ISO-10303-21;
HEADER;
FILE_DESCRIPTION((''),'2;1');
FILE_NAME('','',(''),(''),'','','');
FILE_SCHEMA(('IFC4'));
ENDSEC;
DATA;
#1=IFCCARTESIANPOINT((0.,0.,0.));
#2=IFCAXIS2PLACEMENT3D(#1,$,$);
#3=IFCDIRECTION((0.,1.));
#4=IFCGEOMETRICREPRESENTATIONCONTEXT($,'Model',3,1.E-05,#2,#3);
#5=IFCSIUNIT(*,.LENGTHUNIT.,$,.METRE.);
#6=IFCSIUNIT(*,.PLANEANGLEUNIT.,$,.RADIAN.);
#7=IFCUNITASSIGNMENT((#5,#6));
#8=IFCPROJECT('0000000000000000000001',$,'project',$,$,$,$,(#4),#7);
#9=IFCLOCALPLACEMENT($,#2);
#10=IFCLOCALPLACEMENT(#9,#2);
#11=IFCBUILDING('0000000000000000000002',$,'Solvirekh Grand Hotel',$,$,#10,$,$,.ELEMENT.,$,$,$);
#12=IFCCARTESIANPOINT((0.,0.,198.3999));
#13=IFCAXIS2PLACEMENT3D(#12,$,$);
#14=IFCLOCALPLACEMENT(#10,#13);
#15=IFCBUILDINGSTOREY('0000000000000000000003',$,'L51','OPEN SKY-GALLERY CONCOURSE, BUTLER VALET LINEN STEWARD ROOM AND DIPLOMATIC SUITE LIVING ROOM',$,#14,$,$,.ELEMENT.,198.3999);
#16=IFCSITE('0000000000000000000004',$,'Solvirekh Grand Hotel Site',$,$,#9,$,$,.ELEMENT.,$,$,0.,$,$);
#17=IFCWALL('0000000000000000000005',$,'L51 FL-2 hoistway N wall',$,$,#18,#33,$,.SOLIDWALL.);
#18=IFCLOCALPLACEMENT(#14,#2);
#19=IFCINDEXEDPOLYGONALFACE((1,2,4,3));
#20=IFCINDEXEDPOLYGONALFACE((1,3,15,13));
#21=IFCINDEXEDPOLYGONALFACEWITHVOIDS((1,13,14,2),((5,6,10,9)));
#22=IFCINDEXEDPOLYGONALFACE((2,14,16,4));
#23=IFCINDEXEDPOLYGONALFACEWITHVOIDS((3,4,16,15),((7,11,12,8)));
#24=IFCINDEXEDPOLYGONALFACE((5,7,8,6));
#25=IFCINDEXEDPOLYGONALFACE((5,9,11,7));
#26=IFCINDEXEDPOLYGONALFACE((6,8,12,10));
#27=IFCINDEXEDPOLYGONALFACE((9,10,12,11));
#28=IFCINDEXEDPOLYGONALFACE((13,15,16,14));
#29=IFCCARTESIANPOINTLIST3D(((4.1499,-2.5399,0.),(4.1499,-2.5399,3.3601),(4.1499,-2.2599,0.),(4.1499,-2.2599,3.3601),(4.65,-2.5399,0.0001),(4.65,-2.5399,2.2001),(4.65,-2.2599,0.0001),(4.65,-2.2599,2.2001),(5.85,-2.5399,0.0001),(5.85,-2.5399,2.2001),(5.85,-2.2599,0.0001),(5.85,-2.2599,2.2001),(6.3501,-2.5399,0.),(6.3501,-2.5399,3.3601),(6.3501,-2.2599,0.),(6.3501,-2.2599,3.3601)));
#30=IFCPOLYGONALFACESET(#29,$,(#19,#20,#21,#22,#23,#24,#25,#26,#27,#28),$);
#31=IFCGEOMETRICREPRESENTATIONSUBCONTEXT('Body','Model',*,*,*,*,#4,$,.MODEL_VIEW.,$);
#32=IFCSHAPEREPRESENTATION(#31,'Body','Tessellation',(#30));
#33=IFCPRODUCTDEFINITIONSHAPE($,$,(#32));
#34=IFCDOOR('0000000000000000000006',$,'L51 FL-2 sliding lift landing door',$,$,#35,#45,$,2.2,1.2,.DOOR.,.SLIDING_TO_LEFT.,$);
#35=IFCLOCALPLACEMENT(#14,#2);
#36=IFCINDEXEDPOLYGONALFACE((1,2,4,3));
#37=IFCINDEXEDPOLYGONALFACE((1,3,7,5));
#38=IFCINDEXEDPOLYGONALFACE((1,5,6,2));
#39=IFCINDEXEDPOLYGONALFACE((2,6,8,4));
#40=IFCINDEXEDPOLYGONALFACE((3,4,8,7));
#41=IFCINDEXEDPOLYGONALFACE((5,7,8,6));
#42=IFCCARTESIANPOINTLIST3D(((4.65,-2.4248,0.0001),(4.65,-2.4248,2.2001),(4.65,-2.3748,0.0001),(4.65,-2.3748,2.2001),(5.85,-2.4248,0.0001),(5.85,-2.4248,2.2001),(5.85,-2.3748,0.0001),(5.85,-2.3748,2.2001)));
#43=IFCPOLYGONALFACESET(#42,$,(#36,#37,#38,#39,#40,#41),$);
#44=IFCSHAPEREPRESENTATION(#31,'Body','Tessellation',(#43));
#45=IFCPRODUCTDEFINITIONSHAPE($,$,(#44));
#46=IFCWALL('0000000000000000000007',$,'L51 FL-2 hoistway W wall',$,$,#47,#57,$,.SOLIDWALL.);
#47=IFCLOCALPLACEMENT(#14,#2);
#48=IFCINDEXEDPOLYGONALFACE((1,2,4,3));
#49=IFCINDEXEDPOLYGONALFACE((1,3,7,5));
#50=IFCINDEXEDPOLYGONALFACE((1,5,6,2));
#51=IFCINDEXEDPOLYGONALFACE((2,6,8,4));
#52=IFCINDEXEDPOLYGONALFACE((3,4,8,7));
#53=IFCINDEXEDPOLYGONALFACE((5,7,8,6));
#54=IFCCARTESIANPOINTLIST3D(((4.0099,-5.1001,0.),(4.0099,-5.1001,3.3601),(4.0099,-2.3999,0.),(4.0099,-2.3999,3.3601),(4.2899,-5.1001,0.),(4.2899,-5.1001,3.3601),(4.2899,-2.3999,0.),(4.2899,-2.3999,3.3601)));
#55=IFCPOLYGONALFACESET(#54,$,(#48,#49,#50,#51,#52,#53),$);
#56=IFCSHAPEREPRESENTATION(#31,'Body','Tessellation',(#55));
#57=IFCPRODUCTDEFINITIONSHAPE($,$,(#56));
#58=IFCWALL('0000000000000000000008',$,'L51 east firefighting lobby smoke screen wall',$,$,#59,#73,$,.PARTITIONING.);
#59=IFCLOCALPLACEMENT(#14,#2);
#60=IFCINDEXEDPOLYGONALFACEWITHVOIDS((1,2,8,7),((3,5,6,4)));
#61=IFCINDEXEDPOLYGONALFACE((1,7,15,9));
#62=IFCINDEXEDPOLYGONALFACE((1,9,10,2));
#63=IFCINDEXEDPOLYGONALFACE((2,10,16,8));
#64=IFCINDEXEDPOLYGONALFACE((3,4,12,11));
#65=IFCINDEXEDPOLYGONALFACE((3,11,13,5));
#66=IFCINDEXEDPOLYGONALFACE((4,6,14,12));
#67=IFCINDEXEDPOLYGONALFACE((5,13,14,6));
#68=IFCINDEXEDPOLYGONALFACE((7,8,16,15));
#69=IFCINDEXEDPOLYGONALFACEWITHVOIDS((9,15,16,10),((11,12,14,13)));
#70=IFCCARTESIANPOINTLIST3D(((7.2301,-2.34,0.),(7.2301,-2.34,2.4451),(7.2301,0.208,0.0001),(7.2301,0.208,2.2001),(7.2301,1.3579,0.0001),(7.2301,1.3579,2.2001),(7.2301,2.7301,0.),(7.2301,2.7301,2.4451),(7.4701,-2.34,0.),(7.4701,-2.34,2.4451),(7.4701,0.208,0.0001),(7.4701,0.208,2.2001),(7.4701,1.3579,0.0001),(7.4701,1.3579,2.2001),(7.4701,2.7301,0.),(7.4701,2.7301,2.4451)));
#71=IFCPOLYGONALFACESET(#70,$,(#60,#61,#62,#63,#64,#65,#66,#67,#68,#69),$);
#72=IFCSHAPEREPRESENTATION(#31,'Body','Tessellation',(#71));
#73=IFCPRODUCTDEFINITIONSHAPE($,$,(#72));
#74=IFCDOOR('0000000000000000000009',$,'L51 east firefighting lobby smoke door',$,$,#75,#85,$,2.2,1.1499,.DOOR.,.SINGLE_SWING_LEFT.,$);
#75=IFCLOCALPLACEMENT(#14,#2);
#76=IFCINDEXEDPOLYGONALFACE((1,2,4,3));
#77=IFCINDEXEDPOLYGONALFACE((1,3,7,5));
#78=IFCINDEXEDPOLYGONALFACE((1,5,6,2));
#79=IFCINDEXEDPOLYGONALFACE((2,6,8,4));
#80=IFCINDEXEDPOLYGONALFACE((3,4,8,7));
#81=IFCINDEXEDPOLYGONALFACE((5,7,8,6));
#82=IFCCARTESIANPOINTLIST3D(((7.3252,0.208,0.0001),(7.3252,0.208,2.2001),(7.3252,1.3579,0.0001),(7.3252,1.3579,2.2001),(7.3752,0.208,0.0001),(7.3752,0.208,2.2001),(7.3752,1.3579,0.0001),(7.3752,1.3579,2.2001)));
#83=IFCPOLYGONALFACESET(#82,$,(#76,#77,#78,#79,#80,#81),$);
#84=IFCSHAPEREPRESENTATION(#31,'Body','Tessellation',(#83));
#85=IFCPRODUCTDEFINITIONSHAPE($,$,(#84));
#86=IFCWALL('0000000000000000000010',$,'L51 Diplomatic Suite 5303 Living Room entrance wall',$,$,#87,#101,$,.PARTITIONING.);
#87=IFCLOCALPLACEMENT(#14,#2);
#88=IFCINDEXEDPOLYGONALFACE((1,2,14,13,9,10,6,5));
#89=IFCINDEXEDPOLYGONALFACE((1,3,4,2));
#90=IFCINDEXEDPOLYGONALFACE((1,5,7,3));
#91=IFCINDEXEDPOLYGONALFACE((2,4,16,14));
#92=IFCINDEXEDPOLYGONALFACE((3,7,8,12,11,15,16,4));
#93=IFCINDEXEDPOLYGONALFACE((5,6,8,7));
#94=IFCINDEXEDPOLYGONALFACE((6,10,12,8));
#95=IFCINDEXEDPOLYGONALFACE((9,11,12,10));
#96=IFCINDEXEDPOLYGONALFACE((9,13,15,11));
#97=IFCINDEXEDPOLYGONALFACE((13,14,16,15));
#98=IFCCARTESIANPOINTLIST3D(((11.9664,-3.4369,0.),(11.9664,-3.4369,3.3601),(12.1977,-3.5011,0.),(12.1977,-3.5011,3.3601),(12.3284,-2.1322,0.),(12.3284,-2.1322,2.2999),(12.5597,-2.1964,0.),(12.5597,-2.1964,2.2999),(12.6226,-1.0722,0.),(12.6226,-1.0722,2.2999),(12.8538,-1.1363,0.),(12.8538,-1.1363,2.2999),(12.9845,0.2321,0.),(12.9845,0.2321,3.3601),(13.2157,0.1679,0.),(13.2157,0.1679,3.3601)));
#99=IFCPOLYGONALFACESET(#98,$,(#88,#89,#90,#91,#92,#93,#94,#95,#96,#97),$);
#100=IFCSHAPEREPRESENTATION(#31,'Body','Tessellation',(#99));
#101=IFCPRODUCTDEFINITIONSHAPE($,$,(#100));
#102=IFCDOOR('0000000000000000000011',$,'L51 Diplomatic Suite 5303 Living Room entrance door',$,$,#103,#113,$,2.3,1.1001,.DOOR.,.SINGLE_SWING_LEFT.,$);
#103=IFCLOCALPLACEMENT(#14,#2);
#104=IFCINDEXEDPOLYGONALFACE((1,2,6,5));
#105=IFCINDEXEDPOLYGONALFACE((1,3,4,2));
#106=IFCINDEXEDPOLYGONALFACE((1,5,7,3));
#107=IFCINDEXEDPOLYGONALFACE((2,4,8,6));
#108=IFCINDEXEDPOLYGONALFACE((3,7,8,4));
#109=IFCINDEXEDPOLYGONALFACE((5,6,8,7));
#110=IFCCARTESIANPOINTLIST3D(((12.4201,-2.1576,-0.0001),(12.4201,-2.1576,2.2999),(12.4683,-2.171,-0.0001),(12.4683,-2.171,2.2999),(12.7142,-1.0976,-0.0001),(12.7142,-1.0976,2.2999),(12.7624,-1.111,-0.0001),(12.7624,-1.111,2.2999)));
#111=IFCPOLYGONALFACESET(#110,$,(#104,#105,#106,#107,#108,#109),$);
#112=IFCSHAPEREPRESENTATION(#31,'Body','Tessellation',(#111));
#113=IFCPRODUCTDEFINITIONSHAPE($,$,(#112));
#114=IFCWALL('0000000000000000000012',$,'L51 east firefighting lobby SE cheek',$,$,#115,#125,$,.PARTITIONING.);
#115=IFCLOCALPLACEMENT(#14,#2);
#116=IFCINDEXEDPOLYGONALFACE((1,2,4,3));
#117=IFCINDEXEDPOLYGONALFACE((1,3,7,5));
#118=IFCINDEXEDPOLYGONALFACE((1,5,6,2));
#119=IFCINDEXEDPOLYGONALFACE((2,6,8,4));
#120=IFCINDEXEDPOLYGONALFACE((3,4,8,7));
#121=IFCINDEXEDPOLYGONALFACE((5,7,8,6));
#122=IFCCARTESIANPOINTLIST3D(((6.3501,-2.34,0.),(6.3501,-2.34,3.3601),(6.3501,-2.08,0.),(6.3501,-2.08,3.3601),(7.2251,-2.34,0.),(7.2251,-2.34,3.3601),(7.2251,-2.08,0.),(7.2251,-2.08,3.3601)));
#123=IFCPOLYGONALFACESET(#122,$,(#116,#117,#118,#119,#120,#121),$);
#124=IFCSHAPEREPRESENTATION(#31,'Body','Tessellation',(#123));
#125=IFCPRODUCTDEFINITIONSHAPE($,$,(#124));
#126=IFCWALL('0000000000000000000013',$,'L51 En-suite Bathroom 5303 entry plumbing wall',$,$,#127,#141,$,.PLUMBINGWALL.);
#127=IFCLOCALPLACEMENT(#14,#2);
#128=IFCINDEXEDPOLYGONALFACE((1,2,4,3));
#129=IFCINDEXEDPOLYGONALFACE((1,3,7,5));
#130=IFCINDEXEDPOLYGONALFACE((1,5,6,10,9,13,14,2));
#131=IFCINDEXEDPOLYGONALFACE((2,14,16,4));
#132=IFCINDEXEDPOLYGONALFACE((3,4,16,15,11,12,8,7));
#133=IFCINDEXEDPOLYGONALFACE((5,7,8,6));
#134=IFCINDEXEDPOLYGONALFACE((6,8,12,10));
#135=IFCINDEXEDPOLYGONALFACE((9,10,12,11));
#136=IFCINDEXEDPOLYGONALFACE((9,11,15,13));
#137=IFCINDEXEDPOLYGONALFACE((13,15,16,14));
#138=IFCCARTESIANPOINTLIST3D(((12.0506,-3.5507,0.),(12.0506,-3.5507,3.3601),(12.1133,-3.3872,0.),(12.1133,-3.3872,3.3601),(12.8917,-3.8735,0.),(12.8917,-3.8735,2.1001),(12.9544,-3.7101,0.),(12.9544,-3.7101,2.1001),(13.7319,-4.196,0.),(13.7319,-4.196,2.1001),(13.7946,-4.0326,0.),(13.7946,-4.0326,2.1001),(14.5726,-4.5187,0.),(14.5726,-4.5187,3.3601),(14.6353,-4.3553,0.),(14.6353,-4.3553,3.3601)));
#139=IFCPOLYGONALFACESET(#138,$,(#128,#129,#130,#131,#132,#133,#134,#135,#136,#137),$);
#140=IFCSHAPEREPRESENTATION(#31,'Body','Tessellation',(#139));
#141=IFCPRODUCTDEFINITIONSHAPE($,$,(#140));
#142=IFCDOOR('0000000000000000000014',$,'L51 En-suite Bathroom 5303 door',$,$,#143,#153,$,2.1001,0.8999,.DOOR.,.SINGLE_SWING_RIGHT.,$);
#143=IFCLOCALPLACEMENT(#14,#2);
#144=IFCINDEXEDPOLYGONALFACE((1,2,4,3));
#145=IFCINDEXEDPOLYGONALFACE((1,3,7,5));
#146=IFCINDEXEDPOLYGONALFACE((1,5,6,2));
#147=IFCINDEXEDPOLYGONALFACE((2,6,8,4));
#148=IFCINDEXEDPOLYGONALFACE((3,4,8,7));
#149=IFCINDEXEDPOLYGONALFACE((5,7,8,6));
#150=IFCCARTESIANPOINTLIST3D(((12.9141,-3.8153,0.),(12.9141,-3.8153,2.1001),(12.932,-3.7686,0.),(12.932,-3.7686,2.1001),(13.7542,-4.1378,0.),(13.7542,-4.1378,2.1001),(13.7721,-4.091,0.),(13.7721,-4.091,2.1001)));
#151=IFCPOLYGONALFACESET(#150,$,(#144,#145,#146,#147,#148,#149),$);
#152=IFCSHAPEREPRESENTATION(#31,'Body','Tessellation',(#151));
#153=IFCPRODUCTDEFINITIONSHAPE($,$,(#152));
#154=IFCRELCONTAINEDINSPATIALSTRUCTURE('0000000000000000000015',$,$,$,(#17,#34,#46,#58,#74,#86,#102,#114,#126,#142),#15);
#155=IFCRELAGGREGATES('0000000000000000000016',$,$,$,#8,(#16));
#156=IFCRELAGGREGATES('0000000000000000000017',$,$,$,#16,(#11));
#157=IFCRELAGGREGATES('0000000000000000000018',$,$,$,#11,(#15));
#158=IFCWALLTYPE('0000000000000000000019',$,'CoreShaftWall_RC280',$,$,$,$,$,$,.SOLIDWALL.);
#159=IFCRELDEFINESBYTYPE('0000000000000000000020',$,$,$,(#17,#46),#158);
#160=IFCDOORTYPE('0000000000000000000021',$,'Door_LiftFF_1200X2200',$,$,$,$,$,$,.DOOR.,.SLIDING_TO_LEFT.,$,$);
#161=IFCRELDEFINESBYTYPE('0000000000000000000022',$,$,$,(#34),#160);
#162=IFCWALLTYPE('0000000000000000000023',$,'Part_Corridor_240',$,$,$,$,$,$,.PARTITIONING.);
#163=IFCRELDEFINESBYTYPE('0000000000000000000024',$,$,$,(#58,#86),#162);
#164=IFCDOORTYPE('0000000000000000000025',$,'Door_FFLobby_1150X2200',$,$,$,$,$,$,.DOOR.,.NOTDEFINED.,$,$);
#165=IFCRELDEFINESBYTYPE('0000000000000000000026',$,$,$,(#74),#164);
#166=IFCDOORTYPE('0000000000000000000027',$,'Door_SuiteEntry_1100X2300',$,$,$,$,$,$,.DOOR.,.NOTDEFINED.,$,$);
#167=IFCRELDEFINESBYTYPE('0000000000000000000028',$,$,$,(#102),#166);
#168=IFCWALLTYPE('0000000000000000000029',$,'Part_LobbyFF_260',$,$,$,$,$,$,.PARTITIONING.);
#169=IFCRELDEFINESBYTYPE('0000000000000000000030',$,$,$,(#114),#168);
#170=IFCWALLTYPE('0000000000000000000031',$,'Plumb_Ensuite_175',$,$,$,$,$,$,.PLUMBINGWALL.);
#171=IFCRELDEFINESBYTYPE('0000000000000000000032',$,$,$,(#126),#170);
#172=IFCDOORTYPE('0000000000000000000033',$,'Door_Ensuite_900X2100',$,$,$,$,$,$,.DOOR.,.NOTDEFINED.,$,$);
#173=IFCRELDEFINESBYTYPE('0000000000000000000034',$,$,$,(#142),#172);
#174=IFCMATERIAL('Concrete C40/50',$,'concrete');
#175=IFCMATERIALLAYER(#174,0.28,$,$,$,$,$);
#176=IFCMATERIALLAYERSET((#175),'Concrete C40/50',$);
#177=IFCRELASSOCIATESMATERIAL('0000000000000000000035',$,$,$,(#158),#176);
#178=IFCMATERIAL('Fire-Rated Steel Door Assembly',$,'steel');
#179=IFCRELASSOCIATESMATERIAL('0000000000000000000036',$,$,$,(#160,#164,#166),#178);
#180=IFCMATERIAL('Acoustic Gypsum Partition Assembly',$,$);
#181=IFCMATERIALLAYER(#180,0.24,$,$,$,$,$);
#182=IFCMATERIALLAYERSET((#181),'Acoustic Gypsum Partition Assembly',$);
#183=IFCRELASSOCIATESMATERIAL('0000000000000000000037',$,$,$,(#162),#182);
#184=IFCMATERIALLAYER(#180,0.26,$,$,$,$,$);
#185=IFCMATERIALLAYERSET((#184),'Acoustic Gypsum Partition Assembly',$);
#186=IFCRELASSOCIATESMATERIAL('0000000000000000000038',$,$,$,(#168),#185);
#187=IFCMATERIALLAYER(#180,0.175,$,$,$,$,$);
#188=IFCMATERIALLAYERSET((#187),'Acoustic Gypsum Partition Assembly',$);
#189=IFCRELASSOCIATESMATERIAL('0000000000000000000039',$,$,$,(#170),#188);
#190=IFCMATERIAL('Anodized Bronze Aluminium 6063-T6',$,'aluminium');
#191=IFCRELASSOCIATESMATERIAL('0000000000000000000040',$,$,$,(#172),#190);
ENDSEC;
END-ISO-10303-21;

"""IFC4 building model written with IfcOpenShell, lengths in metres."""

from ifc_helpers import new_model, si_unit, direction, frame, frame_2d, origin, place, context, subcontext, project, spatial, rectangle, extrude, material, layer, layer_set, type_object, element, fill, save


model = new_model("IFC4")

# Units and contexts
model_context = context("Model", 3, precision=1e-05, world=origin(), true_north=direction((0.0, 1.0)))
body_context = subcontext(model_context, "Body", "Model", "MODEL_VIEW")
ifc_project = project(units=[si_unit("LENGTHUNIT", "METRE"), si_unit("PLANEANGLEUNIT", "RADIAN")], contexts=[model_context])

# Site, building, storey
site_placement = place(None, origin())
site = spatial("IfcSite", under=ifc_project, at=site_placement, Name="Solvirekh Grand Hotel Site", CompositionType="ELEMENT", RefElevation=0.0)
building_placement = place(site_placement, origin())
building = spatial("IfcBuilding", under=site, at=building_placement, Name="Solvirekh Grand Hotel", CompositionType="ELEMENT")
storey_placement = place(building_placement, frame((0.0, 0.0, 198.3999)))
storey = spatial("IfcBuildingStorey", under=building, at=storey_placement, Name="L51", Description="OPEN SKY-GALLERY CONCOURSE, BUTLER VALET LINEN STEWARD ROOM AND DIPLOMATIC SUITE LIVING ROOM", CompositionType="ELEMENT", Elevation=198.3999)

# Shared definitions
ifc_material_1 = material(Name="Anodized Bronze Aluminium 6063-T6", Category="aluminium")

# Wall, opening, door
ifc_material_2 = material(Name="Concrete C40/50", Category="concrete")
ifc_layer_1 = layer(ifc_material_2, 0.28)
ifc_layer_set_1 = layer_set([ifc_layer_1], Name="Concrete C40/50")
wall_type_1 = type_object("IfcWallType", Name="CoreShaftWall_RC280", PredefinedType="SOLIDWALL", material=ifc_layer_set_1)
wall_1_placement = place(storey_placement, frame((6.3501, -2.3999, 0.0), z_axis=(0.0, 0.0, 1.0), x_axis=(-1.0, 0.0, 0.0)))
wall_1 = element("IfcWall", 1, at=wall_1_placement, inside=storey, type_object=wall_type_1, Name="L51 FL-2 hoistway N wall", PredefinedType="SOLIDWALL", context=body_context, shape_type="SweptSolid", body=[
    extrude(rectangle(XDim=2.2002, YDim=0.28, at=frame_2d((1.1001, 0.0))), origin(), (0.0, 0.0, 1.0), 3.3601),
])
opening_1_placement = place(wall_1_placement, frame((0.5, 0.0, 0.0)))
opening_1 = element("IfcOpeningElement", 2, at=opening_1_placement, cuts=wall_1, PredefinedType="OPENING", context=body_context, shape_type="SweptSolid", body=[
    extrude(rectangle(XDim=1.2, YDim=2.2, at=frame_2d((0.6001, 1.1001))), frame((0.0, 0.1499, 0.0), z_axis=(0.0, -1.0, 0.0), x_axis=(1.0, 0.0, 0.0)), (0.0, 0.0, 1.0), 0.3),
])
ifc_material_3 = material(Name="Fire-Rated Steel Door Assembly", Category="steel")
door_type_1 = type_object("IfcDoorType", Name="Door_LiftFF_1200X2200", OperationType="SLIDING_TO_LEFT", PredefinedType="DOOR", material=ifc_material_3)
door_1_placement = place(opening_1_placement, origin())
door_1 = element("IfcDoor", 3, at=door_1_placement, inside=storey, type_object=door_type_1, Name="L51 FL-2 sliding lift landing door", OperationType="SLIDING_TO_LEFT", OverallHeight=2.2, OverallWidth=1.2, PredefinedType="DOOR", context=body_context, shape_type="SweptSolid", body=[
    extrude(rectangle(XDim=1.2, YDim=2.2, at=frame_2d((0.6001, 1.1001))), frame((0.0, 0.0249, 0.0), z_axis=(0.0, -1.0, 0.0), x_axis=(1.0, 0.0, 0.0)), (0.0, 0.0, 1.0), 0.05),
])
fill(opening_1, door_1)

# Wall
wall_2_placement = place(storey_placement, frame((4.1499, -2.3999, 0.0), z_axis=(0.0, 0.0, 1.0), x_axis=(0.0, -1.0, 0.0)))
element("IfcWall", 4, at=wall_2_placement, inside=storey, type_object=wall_type_1, Name="L51 FL-2 hoistway W wall", PredefinedType="SOLIDWALL", context=body_context, shape_type="SweptSolid", body=[
    extrude(rectangle(XDim=2.7002, YDim=0.28, at=frame_2d((1.3501, 0.0))), origin(), (0.0, 0.0, 1.0), 3.3601),
])

# Walls, openings, doors
ifc_material_4 = material(Name="Acoustic Gypsum Partition Assembly")
ifc_layer_2 = layer(ifc_material_4, 0.24)
ifc_layer_set_2 = layer_set([ifc_layer_2], Name="Acoustic Gypsum Partition Assembly")
wall_type_2 = type_object("IfcWallType", Name="Part_Corridor_240", PredefinedType="PARTITIONING", material=ifc_layer_set_2)
wall_3_placement = place(storey_placement, frame((7.3501, -2.3401, 0.0), z_axis=(0.0, 0.0, 1.0), x_axis=(0.0, 1.0, 0.0)))
wall_3 = element("IfcWall", 5, at=wall_3_placement, inside=storey, type_object=wall_type_2, Name="L51 east firefighting lobby smoke screen wall", PredefinedType="PARTITIONING", context=body_context, shape_type="SweptSolid", body=[
    extrude(rectangle(XDim=5.0701, YDim=0.24, at=frame_2d((2.5352, 0.0))), origin(), (0.0, 0.0, 1.0), 2.4451),
])
opening_2_placement = place(wall_3_placement, frame((2.5481, 0.0, 0.0)))
opening_2 = element("IfcOpeningElement", 6, at=opening_2_placement, cuts=wall_3, PredefinedType="OPENING", context=body_context, shape_type="SweptSolid", body=[
    extrude(rectangle(XDim=1.1499, YDim=2.2, at=frame_2d((0.575, 1.1001))), frame((0.0, 0.1299, 0.0), z_axis=(0.0, -1.0, 0.0), x_axis=(1.0, 0.0, 0.0)), (0.0, 0.0, 1.0), 0.26),
])
door_type_2 = type_object("IfcDoorType", Name="Door_FFLobby_1150X2200", OperationType="NOTDEFINED", PredefinedType="DOOR", material=ifc_material_3)
door_2_placement = place(opening_2_placement, origin())
door_2 = element("IfcDoor", 7, at=door_2_placement, inside=storey, type_object=door_type_2, Name="L51 east firefighting lobby smoke door", OperationType="SINGLE_SWING_LEFT", OverallHeight=2.2, OverallWidth=1.1499, PredefinedType="DOOR", context=body_context, shape_type="SweptSolid", body=[
    extrude(rectangle(XDim=1.1499, YDim=2.2, at=frame_2d((0.575, 1.1001))), frame((0.0, 0.0249, 0.0), z_axis=(0.0, -1.0, 0.0), x_axis=(1.0, 0.0, 0.0)), (0.0, 0.0, 1.0), 0.05),
])
fill(opening_2, door_2)
wall_4_placement = place(storey_placement, frame((12.082, -3.469, 0.0), z_axis=(0.0, 0.0, 1.0), x_axis=(0.267379, 0.963591, 0.0)))
wall_4 = element("IfcWall", 8, at=wall_4_placement, inside=storey, type_object=wall_type_2, Name="L51 Diplomatic Suite 5303 Living Room entrance wall", PredefinedType="PARTITIONING", context=body_context, shape_type="SweptSolid", body=[
    extrude(rectangle(XDim=3.8076, YDim=0.24, at=frame_2d((1.9038, 0.0))), origin(), (0.0, 0.0, 1.0), 3.3601),
])
opening_3_placement = place(wall_4_placement, frame((1.354, 0.0, 0.0)))
opening_3 = element("IfcOpeningElement", 9, at=opening_3_placement, cuts=wall_4, PredefinedType="OPENING", context=body_context, shape_type="SweptSolid", body=[
    extrude(rectangle(XDim=1.1001, YDim=2.3, at=frame_2d((0.55, 1.1499))), frame((0.0, 0.1299, 0.0), z_axis=(0.0, -1.0, 0.0), x_axis=(1.0, 0.0, 0.0)), (0.0, 0.0, 1.0), 0.26),
])
door_type_3 = type_object("IfcDoorType", Name="Door_SuiteEntry_1100X2300", OperationType="NOTDEFINED", PredefinedType="DOOR", material=ifc_material_3)
door_3_placement = place(opening_3_placement, origin())
door_3 = element("IfcDoor", 10, at=door_3_placement, inside=storey, type_object=door_type_3, Name="L51 Diplomatic Suite 5303 Living Room entrance door", OperationType="SINGLE_SWING_LEFT", OverallHeight=2.3, OverallWidth=1.1001, PredefinedType="DOOR", context=body_context, shape_type="SweptSolid", body=[
    extrude(rectangle(XDim=1.1001, YDim=2.3, at=frame_2d((0.55, 1.1499))), frame((0.0, 0.0249, 0.0), z_axis=(0.0, -1.0, 0.0), x_axis=(1.0, 0.0, 0.0)), (0.0, 0.0, 1.0), 0.05),
])
fill(opening_3, door_3)

# Wall
ifc_layer_3 = layer(ifc_material_4, 0.26)
ifc_layer_set_3 = layer_set([ifc_layer_3], Name="Acoustic Gypsum Partition Assembly")
wall_type_3 = type_object("IfcWallType", Name="Part_LobbyFF_260", PredefinedType="PARTITIONING", material=ifc_layer_set_3)
wall_5_placement = place(storey_placement, frame((6.3501, -2.21, 0.0), z_axis=(0.0, 0.0, 1.0), x_axis=(1.0, 0.0, 0.0)))
element("IfcWall", 11, at=wall_5_placement, inside=storey, type_object=wall_type_3, Name="L51 east firefighting lobby SE cheek", PredefinedType="PARTITIONING", context=body_context, shape_type="SweptSolid", body=[
    extrude(rectangle(XDim=0.875, YDim=0.26, at=frame_2d((0.4375, 0.0))), origin(), (0.0, 0.0, 1.0), 3.3601),
])

# Wall, opening, door
ifc_layer_4 = layer(ifc_material_4, 0.175)
ifc_layer_set_4 = layer_set([ifc_layer_4], Name="Acoustic Gypsum Partition Assembly")
wall_type_4 = type_object("IfcWallType", Name="Plumb_Ensuite_175", PredefinedType="PLUMBINGWALL", material=ifc_layer_set_4)
wall_6_placement = place(storey_placement, frame((12.082, -3.469, 0.0), z_axis=(0.0, 0.0, 1.0), x_axis=(0.93359, -0.358343, 0.0)))
wall_6 = element("IfcWall", 12, at=wall_6_placement, inside=storey, type_object=wall_type_4, Name="L51 En-suite Bathroom 5303 entry plumbing wall", PredefinedType="PLUMBINGWALL", context=body_context, shape_type="SweptSolid", body=[
    extrude(rectangle(XDim=2.7014, YDim=0.175, at=frame_2d((1.3506, 0.0))), origin(), (0.0, 0.0, 1.0), 3.3601),
])
opening_4_placement = place(wall_6_placement, frame((0.9009, 0.0, 0.0)))
opening_4 = element("IfcOpeningElement", 13, at=opening_4_placement, cuts=wall_6, PredefinedType="OPENING", context=body_context, shape_type="SweptSolid", body=[
    extrude(rectangle(XDim=0.8999, YDim=2.1001, at=frame_2d((0.45, 1.05))), frame((0.0, 0.0977, 0.0), z_axis=(0.0, -1.0, 0.0), x_axis=(1.0, 0.0, 0.0)), (0.0, 0.0, 1.0), 0.1951),
])
door_type_4 = type_object("IfcDoorType", Name="Door_Ensuite_900X2100", OperationType="NOTDEFINED", PredefinedType="DOOR", material=ifc_material_1)
door_4_placement = place(opening_4_placement, origin())
door_4 = element("IfcDoor", 14, at=door_4_placement, inside=storey, type_object=door_type_4, Name="L51 En-suite Bathroom 5303 door", OperationType="SINGLE_SWING_RIGHT", OverallHeight=2.1001, OverallWidth=0.8999, PredefinedType="DOOR", context=body_context, shape_type="SweptSolid", body=[
    extrude(rectangle(XDim=0.8999, YDim=2.1001, at=frame_2d((0.45, 1.05))), frame((0.0, 0.0249, 0.0), z_axis=(0.0, -1.0, 0.0), x_axis=(1.0, 0.0, 0.0)), (0.0, 0.0, 1.0), 0.05),
])
fill(opening_4, door_4)

save(model, "model.ifc")
